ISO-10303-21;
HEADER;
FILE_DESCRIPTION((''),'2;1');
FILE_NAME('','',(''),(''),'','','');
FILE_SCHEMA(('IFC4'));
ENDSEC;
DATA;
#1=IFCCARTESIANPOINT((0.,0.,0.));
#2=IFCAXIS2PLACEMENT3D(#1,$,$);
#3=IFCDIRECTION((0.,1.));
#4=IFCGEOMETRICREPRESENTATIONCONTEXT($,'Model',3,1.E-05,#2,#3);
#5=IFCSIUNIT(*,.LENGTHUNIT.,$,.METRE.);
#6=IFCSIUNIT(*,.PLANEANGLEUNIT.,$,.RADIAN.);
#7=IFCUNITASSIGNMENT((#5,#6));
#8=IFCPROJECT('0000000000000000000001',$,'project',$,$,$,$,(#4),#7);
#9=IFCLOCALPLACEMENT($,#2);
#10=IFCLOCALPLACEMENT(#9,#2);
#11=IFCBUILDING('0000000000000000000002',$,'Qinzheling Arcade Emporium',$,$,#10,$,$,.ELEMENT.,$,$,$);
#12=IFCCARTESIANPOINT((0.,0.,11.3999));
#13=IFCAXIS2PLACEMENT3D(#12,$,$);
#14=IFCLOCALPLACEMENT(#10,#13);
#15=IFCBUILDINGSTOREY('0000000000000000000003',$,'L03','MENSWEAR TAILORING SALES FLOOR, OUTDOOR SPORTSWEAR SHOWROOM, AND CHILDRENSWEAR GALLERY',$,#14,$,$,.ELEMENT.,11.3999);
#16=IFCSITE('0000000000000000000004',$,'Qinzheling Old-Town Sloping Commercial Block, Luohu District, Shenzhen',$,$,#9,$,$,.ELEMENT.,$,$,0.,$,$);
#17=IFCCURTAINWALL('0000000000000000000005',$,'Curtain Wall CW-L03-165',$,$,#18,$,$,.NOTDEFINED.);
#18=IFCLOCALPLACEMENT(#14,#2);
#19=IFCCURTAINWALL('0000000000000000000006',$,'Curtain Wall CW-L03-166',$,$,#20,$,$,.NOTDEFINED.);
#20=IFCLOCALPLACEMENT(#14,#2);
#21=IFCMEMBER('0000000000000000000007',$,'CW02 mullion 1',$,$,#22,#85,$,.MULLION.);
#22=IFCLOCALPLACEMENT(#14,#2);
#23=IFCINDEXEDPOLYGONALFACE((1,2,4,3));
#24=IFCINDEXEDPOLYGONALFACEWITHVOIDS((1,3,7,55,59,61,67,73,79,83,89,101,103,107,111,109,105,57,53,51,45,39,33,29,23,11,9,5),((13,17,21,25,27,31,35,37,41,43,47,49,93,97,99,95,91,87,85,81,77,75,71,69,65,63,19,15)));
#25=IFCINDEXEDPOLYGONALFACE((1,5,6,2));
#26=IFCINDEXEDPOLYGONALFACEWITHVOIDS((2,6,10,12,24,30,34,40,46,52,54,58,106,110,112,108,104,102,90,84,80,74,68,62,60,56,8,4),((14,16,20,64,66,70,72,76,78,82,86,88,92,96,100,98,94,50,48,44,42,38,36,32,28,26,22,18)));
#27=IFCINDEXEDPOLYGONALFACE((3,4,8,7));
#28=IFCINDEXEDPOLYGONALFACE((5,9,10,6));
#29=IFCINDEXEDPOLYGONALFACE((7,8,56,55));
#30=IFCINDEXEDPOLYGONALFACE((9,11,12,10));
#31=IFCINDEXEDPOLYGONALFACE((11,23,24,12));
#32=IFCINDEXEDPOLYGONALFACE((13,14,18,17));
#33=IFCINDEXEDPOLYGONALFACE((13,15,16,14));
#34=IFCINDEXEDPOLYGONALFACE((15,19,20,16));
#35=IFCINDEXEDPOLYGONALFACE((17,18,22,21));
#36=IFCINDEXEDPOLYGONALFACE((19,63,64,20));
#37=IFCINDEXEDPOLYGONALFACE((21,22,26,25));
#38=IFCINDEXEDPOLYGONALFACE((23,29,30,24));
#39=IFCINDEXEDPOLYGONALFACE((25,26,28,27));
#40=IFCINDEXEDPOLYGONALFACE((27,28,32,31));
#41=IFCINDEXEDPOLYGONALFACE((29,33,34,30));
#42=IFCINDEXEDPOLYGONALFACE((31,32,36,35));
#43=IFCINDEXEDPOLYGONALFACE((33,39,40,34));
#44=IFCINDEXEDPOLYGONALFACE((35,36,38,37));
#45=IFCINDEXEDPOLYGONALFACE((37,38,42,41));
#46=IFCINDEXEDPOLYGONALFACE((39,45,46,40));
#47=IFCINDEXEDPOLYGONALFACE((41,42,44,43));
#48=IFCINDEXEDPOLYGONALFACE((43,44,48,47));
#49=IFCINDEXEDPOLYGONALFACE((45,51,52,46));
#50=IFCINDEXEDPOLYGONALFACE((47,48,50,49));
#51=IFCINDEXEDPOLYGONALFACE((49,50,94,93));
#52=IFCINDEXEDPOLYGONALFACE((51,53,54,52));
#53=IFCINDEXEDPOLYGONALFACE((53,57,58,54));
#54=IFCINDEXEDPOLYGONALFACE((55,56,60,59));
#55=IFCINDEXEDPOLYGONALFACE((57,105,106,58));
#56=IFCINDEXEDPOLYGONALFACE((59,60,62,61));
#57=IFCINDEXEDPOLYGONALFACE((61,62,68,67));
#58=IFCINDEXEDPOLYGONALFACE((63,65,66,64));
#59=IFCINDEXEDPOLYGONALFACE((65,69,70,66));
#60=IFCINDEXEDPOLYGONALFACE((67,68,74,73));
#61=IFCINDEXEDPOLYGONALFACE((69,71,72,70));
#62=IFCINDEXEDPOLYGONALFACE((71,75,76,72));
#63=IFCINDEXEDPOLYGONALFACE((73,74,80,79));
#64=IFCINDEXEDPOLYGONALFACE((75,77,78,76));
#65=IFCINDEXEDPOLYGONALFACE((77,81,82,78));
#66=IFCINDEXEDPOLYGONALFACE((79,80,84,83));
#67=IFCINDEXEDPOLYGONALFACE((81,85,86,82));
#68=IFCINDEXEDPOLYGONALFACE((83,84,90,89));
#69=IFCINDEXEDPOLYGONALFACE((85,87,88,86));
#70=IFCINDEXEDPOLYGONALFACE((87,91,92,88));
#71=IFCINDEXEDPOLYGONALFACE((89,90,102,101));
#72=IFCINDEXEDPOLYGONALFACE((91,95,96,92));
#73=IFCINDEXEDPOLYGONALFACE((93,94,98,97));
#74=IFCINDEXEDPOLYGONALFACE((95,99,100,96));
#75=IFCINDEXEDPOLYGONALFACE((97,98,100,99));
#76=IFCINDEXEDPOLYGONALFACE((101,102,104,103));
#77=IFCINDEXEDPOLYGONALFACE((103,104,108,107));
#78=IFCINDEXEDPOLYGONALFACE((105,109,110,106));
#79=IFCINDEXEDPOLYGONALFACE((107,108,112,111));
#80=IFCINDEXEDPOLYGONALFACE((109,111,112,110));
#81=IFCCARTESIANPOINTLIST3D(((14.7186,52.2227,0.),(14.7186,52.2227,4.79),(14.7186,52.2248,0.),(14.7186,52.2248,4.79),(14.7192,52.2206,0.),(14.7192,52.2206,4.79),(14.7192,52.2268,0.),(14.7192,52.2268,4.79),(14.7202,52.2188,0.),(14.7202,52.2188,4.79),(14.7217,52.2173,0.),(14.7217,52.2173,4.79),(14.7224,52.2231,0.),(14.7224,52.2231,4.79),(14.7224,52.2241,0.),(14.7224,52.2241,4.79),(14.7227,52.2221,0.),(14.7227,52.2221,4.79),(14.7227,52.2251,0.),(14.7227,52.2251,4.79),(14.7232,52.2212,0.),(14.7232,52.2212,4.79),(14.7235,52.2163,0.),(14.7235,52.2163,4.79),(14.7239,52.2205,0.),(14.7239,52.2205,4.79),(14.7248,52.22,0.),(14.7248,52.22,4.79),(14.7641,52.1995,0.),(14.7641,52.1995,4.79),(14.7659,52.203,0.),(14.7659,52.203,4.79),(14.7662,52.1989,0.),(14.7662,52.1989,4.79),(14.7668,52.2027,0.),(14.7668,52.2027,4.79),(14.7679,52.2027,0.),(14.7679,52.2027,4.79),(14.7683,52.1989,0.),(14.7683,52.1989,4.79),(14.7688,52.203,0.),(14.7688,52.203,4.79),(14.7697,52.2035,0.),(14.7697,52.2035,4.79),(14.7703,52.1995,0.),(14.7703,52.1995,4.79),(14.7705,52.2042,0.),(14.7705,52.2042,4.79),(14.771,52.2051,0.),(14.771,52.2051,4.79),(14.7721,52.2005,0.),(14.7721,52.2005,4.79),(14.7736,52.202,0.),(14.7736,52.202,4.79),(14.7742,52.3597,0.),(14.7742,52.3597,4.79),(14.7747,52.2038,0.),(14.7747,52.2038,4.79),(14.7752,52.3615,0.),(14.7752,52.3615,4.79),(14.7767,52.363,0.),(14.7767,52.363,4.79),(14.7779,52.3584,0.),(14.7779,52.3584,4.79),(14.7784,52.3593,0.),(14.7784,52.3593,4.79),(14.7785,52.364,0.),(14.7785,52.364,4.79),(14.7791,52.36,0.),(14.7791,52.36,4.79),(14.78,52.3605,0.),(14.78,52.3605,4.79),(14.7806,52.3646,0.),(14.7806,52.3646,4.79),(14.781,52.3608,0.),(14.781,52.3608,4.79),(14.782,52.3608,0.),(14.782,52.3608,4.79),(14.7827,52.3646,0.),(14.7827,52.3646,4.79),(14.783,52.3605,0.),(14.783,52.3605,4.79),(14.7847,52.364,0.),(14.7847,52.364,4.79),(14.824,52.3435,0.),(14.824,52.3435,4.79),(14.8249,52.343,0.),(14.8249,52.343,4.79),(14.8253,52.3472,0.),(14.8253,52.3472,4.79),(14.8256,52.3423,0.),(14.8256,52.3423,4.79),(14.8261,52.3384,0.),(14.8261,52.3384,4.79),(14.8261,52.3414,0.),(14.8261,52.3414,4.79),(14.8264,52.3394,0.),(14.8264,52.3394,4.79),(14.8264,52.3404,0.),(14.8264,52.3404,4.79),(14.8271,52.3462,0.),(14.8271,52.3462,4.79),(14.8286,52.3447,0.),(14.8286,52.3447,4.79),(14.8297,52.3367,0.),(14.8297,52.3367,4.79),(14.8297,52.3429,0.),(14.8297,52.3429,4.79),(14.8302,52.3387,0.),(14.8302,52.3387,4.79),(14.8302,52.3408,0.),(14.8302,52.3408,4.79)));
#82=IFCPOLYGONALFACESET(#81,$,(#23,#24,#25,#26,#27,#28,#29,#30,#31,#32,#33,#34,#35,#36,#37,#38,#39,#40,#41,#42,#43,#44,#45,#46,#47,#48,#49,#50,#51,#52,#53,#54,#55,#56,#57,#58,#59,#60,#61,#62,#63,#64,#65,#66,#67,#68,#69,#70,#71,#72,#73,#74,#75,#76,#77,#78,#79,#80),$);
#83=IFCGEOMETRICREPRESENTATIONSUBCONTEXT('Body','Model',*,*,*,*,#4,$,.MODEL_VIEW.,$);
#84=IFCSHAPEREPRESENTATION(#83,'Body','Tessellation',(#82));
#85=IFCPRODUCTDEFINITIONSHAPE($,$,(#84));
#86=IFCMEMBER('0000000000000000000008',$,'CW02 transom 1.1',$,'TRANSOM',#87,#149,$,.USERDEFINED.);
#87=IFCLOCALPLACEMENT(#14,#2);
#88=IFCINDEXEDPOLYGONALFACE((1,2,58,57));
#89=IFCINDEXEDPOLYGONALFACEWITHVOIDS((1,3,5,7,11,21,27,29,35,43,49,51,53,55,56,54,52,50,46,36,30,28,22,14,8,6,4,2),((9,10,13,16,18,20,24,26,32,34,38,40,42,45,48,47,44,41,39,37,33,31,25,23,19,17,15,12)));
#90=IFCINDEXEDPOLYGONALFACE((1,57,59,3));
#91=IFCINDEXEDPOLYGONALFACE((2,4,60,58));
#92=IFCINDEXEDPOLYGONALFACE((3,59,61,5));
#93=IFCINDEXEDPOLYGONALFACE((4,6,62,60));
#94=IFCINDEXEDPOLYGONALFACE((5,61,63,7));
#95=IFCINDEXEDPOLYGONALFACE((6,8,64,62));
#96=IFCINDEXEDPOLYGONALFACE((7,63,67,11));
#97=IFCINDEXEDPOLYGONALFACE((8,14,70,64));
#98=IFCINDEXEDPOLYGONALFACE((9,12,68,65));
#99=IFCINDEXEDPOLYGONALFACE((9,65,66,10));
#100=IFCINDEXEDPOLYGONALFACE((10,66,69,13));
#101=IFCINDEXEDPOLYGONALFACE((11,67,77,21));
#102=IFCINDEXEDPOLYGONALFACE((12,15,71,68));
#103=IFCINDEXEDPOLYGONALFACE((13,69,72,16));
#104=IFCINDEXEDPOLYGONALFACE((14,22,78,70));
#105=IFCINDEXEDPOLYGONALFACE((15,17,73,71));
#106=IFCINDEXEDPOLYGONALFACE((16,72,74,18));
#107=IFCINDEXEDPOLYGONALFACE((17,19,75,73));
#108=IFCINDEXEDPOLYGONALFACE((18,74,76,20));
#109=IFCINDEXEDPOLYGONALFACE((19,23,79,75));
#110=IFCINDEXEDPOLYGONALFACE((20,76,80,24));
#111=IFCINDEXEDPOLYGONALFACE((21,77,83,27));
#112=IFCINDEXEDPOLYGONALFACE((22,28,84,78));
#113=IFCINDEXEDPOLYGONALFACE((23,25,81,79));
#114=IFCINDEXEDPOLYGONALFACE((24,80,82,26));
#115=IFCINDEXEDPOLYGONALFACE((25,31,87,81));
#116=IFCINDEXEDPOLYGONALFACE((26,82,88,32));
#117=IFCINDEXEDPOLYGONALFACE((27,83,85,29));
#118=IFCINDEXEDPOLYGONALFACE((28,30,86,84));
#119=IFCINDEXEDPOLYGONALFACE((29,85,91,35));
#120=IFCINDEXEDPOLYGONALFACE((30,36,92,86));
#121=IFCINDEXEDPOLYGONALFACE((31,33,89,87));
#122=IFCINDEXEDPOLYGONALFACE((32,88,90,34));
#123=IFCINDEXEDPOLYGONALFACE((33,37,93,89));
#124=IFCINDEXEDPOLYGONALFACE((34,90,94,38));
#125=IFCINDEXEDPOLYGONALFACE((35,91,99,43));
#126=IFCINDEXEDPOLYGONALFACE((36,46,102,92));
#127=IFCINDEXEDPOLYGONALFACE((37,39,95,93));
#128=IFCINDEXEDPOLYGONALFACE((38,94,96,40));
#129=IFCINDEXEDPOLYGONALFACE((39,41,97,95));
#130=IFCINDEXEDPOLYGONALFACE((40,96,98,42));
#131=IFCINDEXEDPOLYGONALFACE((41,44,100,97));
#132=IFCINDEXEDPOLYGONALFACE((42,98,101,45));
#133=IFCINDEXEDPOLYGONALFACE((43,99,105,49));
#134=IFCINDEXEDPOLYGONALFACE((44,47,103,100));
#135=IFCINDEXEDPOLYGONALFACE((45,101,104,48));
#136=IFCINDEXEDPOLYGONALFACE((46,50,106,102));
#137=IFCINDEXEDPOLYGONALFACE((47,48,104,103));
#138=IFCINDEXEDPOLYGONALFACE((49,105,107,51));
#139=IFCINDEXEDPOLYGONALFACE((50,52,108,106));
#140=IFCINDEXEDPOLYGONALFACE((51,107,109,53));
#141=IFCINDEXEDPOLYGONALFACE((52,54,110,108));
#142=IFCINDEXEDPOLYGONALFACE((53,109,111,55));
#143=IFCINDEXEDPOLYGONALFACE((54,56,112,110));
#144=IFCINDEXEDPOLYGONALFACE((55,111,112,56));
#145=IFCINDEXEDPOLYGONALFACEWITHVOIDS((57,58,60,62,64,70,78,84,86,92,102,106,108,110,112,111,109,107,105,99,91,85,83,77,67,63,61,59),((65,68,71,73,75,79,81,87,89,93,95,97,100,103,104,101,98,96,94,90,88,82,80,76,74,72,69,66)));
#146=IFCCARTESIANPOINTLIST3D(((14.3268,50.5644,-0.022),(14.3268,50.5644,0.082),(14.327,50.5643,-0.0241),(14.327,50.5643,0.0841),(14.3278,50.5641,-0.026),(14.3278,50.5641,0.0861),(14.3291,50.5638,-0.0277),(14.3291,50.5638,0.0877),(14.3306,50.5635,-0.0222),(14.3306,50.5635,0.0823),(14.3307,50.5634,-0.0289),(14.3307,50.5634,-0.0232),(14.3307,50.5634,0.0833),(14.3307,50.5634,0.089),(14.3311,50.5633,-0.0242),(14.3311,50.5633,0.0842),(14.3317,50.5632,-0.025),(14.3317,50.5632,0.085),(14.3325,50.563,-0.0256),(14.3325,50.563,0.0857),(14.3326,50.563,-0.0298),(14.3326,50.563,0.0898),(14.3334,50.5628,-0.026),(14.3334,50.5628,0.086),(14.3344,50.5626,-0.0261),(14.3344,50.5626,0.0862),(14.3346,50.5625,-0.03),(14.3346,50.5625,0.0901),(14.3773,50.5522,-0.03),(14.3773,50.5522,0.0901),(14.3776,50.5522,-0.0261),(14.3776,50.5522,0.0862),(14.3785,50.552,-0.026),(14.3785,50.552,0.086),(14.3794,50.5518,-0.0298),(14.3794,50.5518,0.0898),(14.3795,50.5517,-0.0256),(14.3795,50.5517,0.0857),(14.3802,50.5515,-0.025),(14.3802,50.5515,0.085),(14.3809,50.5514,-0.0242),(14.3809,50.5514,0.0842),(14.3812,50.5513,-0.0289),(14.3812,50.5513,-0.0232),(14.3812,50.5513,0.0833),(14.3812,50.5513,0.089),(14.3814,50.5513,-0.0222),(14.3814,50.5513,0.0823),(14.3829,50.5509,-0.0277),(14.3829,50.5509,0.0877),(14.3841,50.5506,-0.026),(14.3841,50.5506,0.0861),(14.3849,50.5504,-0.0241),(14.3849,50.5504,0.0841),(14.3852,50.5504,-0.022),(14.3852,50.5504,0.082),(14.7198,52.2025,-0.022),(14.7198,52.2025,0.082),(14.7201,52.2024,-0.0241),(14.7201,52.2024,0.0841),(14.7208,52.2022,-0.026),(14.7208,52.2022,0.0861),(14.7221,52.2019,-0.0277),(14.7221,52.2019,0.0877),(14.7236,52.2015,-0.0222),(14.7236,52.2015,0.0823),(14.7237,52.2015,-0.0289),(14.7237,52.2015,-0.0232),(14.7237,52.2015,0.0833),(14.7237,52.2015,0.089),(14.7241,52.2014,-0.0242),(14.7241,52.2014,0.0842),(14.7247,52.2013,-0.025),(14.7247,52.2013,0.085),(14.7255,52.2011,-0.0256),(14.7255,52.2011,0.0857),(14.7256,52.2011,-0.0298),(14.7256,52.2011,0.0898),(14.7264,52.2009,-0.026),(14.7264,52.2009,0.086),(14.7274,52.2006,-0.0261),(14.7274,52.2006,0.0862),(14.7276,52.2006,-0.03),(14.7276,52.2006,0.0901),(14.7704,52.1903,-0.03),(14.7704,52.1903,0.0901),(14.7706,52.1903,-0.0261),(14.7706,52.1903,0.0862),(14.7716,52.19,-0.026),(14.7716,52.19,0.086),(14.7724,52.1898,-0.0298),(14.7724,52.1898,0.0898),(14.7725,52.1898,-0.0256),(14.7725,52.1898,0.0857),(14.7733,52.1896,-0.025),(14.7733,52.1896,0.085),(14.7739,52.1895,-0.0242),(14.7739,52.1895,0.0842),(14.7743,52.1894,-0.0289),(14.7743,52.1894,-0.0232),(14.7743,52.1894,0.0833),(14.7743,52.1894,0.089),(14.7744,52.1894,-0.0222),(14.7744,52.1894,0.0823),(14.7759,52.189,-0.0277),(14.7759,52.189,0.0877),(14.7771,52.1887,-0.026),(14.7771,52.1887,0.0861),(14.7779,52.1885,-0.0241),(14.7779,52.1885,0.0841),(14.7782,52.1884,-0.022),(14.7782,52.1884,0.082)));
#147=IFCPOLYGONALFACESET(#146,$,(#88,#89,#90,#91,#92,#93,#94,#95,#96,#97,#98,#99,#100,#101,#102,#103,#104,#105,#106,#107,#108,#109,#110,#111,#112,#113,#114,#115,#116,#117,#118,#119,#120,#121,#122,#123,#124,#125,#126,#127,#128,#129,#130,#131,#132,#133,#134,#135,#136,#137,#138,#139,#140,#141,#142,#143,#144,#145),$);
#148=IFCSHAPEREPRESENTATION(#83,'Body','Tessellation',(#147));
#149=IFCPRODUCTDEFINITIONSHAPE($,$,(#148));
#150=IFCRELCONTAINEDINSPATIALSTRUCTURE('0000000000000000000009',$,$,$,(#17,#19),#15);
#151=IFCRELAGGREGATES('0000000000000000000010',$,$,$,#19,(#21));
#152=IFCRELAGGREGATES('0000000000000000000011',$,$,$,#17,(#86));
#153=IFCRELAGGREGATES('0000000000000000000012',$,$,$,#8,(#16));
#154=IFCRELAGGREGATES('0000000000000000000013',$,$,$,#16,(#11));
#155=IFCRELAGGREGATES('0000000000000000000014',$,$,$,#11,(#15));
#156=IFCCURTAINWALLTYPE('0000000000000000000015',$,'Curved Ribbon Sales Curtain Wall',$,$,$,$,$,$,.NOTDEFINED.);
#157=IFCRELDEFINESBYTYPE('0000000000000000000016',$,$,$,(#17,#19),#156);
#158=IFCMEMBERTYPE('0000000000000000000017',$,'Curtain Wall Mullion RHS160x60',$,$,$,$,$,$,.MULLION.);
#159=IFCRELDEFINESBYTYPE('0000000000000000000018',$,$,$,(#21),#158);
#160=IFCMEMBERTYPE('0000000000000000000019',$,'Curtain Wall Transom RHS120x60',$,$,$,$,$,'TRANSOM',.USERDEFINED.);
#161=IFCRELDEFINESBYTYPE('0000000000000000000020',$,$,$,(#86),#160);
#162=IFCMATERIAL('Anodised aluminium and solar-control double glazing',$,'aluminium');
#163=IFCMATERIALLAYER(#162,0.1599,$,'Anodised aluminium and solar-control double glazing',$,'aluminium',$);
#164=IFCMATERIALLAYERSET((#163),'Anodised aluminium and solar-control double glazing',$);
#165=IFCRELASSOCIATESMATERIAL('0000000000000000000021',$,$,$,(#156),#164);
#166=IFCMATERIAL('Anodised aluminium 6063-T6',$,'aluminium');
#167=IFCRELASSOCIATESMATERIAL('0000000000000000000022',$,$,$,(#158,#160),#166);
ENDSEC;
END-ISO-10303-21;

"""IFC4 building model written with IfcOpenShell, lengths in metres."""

from ifc_helpers import new_model, si_unit, direction, frame, origin, origin_2d, place, context, subcontext, project, spatial, hollow_rectangle, extrude, material, layer, layer_set, material_profile, profile_set, type_object, element, aggregate, save


model = new_model("IFC4")

# Units and contexts
model_context = context("Model", 3, precision=1e-05, world=origin(), true_north=direction((0.0, 1.0)))
body_context = subcontext(model_context, "Body", "Model", "MODEL_VIEW")
ifc_project = project(units=[si_unit("LENGTHUNIT", "METRE"), si_unit("PLANEANGLEUNIT", "RADIAN")], contexts=[model_context])

# Site, building, storey
site_placement = place(None, origin())
site = spatial("IfcSite", under=ifc_project, at=site_placement, Name="Qinzheling Old-Town Sloping Commercial Block, Luohu District, Shenzhen", CompositionType="ELEMENT", RefElevation=0.0)
building_placement = place(site_placement, origin())
building = spatial("IfcBuilding", under=site, at=building_placement, Name="Qinzheling Arcade Emporium", CompositionType="ELEMENT")
storey_placement = place(building_placement, frame((0.0, 0.0, 11.3999)))
storey = spatial("IfcBuildingStorey", under=building, at=storey_placement, Name="L03", Description="MENSWEAR TAILORING SALES FLOOR, OUTDOOR SPORTSWEAR SHOWROOM, AND CHILDRENSWEAR GALLERY", CompositionType="ELEMENT", Elevation=11.3999)

# Curtain wall
ifc_material_1 = material(Name="Anodised aluminium and solar-control double glazing", Category="aluminium")
ifc_layer_1 = layer(ifc_material_1, 0.1599, Name="Anodised aluminium and solar-control double glazing", Category="aluminium")
ifc_layer_set_1 = layer_set([ifc_layer_1], Name="Anodised aluminium and solar-control double glazing")
curtain_wall_type = type_object("IfcCurtainWallType", Name="Curved Ribbon Sales Curtain Wall", PredefinedType="NOTDEFINED", material=ifc_layer_set_1)
curtain_wall_1_placement = place(storey_placement, origin())
curtain_wall_1 = element("IfcCurtainWall", 1, at=curtain_wall_1_placement, inside=storey, type_object=curtain_wall_type, Name="Curtain Wall CW-L03-165", PredefinedType="NOTDEFINED")
ifc_material_2 = material(Name="Anodised aluminium 6063-T6", Category="aluminium")
ifc_material_profile_1 = material_profile(ifc_material_2, hollow_rectangle(XDim=0.0601, YDim=0.1599, WallThickness=0.0039, InnerFilletRadius=0.0039, OuterFilletRadius=0.0081, at=origin_2d()), Name="RHS 160x60x4", Category="aluminium")
ifc_profile_set_1 = profile_set([ifc_material_profile_1], Name="Anodised aluminium 6063-T6")
member_type_1 = type_object("IfcMemberType", Name="Curtain Wall Mullion RHS160x60", PredefinedType="MULLION", material=ifc_profile_set_1)

# Curtain wall, member
curtain_wall_2_placement = place(storey_placement, origin())
curtain_wall_2 = element("IfcCurtainWall", 2, at=curtain_wall_2_placement, inside=storey, type_object=curtain_wall_type, Name="Curtain Wall CW-L03-166", PredefinedType="NOTDEFINED")
member_1_placement = place(storey_placement, frame((14.7744, 52.2817, 0.0), z_axis=(0.0, 0.0, 1.0), x_axis=(-0.923976, 0.38245, 0.0)))
member_1 = element("IfcMember", 3, at=member_1_placement, type_object=member_type_1, Name="CW02 mullion 1", PredefinedType="MULLION", context=body_context, shape_type="SweptSolid", body=[
    extrude(hollow_rectangle(XDim=0.0601, YDim=0.1599, WallThickness=0.0039, InnerFilletRadius=0.0039, OuterFilletRadius=0.0081, at=origin_2d()), origin(), (0.0, 0.0, 1.0), 4.79),
])

# Member
ifc_material_profile_2 = material_profile(ifc_material_2, hollow_rectangle(XDim=0.0601, YDim=0.1201, WallThickness=0.0039, InnerFilletRadius=0.0039, OuterFilletRadius=0.0081, at=origin_2d()), Name="RHS 120x60x4", Category="aluminium")
ifc_profile_set_2 = profile_set([ifc_material_profile_2], Name="Anodised aluminium 6063-T6")
member_type_2 = type_object("IfcMemberType", Name="Curtain Wall Transom RHS120x60", ElementType="TRANSOM", PredefinedType="USERDEFINED", material=ifc_profile_set_2)
member_2_placement = place(storey_placement, frame((14.356, 50.5574, 0.03), z_axis=(0.233318, 0.9724, 0.0), x_axis=(-0.9724, 0.233318, 0.0)))
member_2 = element("IfcMember", 4, at=member_2_placement, type_object=member_type_2, Name="CW02 transom 1.1", ObjectType="TRANSOM", PredefinedType="USERDEFINED", context=body_context, shape_type="SweptSolid", body=[
    extrude(hollow_rectangle(XDim=0.0601, YDim=0.1201, WallThickness=0.0039, InnerFilletRadius=0.0039, OuterFilletRadius=0.0081, at=origin_2d()), origin(), (0.0, 0.0, 1.0), 1.6846),
])
aggregate(curtain_wall_2, [member_1])

aggregate(curtain_wall_1, [member_2])

save(model, "model.ifc")
